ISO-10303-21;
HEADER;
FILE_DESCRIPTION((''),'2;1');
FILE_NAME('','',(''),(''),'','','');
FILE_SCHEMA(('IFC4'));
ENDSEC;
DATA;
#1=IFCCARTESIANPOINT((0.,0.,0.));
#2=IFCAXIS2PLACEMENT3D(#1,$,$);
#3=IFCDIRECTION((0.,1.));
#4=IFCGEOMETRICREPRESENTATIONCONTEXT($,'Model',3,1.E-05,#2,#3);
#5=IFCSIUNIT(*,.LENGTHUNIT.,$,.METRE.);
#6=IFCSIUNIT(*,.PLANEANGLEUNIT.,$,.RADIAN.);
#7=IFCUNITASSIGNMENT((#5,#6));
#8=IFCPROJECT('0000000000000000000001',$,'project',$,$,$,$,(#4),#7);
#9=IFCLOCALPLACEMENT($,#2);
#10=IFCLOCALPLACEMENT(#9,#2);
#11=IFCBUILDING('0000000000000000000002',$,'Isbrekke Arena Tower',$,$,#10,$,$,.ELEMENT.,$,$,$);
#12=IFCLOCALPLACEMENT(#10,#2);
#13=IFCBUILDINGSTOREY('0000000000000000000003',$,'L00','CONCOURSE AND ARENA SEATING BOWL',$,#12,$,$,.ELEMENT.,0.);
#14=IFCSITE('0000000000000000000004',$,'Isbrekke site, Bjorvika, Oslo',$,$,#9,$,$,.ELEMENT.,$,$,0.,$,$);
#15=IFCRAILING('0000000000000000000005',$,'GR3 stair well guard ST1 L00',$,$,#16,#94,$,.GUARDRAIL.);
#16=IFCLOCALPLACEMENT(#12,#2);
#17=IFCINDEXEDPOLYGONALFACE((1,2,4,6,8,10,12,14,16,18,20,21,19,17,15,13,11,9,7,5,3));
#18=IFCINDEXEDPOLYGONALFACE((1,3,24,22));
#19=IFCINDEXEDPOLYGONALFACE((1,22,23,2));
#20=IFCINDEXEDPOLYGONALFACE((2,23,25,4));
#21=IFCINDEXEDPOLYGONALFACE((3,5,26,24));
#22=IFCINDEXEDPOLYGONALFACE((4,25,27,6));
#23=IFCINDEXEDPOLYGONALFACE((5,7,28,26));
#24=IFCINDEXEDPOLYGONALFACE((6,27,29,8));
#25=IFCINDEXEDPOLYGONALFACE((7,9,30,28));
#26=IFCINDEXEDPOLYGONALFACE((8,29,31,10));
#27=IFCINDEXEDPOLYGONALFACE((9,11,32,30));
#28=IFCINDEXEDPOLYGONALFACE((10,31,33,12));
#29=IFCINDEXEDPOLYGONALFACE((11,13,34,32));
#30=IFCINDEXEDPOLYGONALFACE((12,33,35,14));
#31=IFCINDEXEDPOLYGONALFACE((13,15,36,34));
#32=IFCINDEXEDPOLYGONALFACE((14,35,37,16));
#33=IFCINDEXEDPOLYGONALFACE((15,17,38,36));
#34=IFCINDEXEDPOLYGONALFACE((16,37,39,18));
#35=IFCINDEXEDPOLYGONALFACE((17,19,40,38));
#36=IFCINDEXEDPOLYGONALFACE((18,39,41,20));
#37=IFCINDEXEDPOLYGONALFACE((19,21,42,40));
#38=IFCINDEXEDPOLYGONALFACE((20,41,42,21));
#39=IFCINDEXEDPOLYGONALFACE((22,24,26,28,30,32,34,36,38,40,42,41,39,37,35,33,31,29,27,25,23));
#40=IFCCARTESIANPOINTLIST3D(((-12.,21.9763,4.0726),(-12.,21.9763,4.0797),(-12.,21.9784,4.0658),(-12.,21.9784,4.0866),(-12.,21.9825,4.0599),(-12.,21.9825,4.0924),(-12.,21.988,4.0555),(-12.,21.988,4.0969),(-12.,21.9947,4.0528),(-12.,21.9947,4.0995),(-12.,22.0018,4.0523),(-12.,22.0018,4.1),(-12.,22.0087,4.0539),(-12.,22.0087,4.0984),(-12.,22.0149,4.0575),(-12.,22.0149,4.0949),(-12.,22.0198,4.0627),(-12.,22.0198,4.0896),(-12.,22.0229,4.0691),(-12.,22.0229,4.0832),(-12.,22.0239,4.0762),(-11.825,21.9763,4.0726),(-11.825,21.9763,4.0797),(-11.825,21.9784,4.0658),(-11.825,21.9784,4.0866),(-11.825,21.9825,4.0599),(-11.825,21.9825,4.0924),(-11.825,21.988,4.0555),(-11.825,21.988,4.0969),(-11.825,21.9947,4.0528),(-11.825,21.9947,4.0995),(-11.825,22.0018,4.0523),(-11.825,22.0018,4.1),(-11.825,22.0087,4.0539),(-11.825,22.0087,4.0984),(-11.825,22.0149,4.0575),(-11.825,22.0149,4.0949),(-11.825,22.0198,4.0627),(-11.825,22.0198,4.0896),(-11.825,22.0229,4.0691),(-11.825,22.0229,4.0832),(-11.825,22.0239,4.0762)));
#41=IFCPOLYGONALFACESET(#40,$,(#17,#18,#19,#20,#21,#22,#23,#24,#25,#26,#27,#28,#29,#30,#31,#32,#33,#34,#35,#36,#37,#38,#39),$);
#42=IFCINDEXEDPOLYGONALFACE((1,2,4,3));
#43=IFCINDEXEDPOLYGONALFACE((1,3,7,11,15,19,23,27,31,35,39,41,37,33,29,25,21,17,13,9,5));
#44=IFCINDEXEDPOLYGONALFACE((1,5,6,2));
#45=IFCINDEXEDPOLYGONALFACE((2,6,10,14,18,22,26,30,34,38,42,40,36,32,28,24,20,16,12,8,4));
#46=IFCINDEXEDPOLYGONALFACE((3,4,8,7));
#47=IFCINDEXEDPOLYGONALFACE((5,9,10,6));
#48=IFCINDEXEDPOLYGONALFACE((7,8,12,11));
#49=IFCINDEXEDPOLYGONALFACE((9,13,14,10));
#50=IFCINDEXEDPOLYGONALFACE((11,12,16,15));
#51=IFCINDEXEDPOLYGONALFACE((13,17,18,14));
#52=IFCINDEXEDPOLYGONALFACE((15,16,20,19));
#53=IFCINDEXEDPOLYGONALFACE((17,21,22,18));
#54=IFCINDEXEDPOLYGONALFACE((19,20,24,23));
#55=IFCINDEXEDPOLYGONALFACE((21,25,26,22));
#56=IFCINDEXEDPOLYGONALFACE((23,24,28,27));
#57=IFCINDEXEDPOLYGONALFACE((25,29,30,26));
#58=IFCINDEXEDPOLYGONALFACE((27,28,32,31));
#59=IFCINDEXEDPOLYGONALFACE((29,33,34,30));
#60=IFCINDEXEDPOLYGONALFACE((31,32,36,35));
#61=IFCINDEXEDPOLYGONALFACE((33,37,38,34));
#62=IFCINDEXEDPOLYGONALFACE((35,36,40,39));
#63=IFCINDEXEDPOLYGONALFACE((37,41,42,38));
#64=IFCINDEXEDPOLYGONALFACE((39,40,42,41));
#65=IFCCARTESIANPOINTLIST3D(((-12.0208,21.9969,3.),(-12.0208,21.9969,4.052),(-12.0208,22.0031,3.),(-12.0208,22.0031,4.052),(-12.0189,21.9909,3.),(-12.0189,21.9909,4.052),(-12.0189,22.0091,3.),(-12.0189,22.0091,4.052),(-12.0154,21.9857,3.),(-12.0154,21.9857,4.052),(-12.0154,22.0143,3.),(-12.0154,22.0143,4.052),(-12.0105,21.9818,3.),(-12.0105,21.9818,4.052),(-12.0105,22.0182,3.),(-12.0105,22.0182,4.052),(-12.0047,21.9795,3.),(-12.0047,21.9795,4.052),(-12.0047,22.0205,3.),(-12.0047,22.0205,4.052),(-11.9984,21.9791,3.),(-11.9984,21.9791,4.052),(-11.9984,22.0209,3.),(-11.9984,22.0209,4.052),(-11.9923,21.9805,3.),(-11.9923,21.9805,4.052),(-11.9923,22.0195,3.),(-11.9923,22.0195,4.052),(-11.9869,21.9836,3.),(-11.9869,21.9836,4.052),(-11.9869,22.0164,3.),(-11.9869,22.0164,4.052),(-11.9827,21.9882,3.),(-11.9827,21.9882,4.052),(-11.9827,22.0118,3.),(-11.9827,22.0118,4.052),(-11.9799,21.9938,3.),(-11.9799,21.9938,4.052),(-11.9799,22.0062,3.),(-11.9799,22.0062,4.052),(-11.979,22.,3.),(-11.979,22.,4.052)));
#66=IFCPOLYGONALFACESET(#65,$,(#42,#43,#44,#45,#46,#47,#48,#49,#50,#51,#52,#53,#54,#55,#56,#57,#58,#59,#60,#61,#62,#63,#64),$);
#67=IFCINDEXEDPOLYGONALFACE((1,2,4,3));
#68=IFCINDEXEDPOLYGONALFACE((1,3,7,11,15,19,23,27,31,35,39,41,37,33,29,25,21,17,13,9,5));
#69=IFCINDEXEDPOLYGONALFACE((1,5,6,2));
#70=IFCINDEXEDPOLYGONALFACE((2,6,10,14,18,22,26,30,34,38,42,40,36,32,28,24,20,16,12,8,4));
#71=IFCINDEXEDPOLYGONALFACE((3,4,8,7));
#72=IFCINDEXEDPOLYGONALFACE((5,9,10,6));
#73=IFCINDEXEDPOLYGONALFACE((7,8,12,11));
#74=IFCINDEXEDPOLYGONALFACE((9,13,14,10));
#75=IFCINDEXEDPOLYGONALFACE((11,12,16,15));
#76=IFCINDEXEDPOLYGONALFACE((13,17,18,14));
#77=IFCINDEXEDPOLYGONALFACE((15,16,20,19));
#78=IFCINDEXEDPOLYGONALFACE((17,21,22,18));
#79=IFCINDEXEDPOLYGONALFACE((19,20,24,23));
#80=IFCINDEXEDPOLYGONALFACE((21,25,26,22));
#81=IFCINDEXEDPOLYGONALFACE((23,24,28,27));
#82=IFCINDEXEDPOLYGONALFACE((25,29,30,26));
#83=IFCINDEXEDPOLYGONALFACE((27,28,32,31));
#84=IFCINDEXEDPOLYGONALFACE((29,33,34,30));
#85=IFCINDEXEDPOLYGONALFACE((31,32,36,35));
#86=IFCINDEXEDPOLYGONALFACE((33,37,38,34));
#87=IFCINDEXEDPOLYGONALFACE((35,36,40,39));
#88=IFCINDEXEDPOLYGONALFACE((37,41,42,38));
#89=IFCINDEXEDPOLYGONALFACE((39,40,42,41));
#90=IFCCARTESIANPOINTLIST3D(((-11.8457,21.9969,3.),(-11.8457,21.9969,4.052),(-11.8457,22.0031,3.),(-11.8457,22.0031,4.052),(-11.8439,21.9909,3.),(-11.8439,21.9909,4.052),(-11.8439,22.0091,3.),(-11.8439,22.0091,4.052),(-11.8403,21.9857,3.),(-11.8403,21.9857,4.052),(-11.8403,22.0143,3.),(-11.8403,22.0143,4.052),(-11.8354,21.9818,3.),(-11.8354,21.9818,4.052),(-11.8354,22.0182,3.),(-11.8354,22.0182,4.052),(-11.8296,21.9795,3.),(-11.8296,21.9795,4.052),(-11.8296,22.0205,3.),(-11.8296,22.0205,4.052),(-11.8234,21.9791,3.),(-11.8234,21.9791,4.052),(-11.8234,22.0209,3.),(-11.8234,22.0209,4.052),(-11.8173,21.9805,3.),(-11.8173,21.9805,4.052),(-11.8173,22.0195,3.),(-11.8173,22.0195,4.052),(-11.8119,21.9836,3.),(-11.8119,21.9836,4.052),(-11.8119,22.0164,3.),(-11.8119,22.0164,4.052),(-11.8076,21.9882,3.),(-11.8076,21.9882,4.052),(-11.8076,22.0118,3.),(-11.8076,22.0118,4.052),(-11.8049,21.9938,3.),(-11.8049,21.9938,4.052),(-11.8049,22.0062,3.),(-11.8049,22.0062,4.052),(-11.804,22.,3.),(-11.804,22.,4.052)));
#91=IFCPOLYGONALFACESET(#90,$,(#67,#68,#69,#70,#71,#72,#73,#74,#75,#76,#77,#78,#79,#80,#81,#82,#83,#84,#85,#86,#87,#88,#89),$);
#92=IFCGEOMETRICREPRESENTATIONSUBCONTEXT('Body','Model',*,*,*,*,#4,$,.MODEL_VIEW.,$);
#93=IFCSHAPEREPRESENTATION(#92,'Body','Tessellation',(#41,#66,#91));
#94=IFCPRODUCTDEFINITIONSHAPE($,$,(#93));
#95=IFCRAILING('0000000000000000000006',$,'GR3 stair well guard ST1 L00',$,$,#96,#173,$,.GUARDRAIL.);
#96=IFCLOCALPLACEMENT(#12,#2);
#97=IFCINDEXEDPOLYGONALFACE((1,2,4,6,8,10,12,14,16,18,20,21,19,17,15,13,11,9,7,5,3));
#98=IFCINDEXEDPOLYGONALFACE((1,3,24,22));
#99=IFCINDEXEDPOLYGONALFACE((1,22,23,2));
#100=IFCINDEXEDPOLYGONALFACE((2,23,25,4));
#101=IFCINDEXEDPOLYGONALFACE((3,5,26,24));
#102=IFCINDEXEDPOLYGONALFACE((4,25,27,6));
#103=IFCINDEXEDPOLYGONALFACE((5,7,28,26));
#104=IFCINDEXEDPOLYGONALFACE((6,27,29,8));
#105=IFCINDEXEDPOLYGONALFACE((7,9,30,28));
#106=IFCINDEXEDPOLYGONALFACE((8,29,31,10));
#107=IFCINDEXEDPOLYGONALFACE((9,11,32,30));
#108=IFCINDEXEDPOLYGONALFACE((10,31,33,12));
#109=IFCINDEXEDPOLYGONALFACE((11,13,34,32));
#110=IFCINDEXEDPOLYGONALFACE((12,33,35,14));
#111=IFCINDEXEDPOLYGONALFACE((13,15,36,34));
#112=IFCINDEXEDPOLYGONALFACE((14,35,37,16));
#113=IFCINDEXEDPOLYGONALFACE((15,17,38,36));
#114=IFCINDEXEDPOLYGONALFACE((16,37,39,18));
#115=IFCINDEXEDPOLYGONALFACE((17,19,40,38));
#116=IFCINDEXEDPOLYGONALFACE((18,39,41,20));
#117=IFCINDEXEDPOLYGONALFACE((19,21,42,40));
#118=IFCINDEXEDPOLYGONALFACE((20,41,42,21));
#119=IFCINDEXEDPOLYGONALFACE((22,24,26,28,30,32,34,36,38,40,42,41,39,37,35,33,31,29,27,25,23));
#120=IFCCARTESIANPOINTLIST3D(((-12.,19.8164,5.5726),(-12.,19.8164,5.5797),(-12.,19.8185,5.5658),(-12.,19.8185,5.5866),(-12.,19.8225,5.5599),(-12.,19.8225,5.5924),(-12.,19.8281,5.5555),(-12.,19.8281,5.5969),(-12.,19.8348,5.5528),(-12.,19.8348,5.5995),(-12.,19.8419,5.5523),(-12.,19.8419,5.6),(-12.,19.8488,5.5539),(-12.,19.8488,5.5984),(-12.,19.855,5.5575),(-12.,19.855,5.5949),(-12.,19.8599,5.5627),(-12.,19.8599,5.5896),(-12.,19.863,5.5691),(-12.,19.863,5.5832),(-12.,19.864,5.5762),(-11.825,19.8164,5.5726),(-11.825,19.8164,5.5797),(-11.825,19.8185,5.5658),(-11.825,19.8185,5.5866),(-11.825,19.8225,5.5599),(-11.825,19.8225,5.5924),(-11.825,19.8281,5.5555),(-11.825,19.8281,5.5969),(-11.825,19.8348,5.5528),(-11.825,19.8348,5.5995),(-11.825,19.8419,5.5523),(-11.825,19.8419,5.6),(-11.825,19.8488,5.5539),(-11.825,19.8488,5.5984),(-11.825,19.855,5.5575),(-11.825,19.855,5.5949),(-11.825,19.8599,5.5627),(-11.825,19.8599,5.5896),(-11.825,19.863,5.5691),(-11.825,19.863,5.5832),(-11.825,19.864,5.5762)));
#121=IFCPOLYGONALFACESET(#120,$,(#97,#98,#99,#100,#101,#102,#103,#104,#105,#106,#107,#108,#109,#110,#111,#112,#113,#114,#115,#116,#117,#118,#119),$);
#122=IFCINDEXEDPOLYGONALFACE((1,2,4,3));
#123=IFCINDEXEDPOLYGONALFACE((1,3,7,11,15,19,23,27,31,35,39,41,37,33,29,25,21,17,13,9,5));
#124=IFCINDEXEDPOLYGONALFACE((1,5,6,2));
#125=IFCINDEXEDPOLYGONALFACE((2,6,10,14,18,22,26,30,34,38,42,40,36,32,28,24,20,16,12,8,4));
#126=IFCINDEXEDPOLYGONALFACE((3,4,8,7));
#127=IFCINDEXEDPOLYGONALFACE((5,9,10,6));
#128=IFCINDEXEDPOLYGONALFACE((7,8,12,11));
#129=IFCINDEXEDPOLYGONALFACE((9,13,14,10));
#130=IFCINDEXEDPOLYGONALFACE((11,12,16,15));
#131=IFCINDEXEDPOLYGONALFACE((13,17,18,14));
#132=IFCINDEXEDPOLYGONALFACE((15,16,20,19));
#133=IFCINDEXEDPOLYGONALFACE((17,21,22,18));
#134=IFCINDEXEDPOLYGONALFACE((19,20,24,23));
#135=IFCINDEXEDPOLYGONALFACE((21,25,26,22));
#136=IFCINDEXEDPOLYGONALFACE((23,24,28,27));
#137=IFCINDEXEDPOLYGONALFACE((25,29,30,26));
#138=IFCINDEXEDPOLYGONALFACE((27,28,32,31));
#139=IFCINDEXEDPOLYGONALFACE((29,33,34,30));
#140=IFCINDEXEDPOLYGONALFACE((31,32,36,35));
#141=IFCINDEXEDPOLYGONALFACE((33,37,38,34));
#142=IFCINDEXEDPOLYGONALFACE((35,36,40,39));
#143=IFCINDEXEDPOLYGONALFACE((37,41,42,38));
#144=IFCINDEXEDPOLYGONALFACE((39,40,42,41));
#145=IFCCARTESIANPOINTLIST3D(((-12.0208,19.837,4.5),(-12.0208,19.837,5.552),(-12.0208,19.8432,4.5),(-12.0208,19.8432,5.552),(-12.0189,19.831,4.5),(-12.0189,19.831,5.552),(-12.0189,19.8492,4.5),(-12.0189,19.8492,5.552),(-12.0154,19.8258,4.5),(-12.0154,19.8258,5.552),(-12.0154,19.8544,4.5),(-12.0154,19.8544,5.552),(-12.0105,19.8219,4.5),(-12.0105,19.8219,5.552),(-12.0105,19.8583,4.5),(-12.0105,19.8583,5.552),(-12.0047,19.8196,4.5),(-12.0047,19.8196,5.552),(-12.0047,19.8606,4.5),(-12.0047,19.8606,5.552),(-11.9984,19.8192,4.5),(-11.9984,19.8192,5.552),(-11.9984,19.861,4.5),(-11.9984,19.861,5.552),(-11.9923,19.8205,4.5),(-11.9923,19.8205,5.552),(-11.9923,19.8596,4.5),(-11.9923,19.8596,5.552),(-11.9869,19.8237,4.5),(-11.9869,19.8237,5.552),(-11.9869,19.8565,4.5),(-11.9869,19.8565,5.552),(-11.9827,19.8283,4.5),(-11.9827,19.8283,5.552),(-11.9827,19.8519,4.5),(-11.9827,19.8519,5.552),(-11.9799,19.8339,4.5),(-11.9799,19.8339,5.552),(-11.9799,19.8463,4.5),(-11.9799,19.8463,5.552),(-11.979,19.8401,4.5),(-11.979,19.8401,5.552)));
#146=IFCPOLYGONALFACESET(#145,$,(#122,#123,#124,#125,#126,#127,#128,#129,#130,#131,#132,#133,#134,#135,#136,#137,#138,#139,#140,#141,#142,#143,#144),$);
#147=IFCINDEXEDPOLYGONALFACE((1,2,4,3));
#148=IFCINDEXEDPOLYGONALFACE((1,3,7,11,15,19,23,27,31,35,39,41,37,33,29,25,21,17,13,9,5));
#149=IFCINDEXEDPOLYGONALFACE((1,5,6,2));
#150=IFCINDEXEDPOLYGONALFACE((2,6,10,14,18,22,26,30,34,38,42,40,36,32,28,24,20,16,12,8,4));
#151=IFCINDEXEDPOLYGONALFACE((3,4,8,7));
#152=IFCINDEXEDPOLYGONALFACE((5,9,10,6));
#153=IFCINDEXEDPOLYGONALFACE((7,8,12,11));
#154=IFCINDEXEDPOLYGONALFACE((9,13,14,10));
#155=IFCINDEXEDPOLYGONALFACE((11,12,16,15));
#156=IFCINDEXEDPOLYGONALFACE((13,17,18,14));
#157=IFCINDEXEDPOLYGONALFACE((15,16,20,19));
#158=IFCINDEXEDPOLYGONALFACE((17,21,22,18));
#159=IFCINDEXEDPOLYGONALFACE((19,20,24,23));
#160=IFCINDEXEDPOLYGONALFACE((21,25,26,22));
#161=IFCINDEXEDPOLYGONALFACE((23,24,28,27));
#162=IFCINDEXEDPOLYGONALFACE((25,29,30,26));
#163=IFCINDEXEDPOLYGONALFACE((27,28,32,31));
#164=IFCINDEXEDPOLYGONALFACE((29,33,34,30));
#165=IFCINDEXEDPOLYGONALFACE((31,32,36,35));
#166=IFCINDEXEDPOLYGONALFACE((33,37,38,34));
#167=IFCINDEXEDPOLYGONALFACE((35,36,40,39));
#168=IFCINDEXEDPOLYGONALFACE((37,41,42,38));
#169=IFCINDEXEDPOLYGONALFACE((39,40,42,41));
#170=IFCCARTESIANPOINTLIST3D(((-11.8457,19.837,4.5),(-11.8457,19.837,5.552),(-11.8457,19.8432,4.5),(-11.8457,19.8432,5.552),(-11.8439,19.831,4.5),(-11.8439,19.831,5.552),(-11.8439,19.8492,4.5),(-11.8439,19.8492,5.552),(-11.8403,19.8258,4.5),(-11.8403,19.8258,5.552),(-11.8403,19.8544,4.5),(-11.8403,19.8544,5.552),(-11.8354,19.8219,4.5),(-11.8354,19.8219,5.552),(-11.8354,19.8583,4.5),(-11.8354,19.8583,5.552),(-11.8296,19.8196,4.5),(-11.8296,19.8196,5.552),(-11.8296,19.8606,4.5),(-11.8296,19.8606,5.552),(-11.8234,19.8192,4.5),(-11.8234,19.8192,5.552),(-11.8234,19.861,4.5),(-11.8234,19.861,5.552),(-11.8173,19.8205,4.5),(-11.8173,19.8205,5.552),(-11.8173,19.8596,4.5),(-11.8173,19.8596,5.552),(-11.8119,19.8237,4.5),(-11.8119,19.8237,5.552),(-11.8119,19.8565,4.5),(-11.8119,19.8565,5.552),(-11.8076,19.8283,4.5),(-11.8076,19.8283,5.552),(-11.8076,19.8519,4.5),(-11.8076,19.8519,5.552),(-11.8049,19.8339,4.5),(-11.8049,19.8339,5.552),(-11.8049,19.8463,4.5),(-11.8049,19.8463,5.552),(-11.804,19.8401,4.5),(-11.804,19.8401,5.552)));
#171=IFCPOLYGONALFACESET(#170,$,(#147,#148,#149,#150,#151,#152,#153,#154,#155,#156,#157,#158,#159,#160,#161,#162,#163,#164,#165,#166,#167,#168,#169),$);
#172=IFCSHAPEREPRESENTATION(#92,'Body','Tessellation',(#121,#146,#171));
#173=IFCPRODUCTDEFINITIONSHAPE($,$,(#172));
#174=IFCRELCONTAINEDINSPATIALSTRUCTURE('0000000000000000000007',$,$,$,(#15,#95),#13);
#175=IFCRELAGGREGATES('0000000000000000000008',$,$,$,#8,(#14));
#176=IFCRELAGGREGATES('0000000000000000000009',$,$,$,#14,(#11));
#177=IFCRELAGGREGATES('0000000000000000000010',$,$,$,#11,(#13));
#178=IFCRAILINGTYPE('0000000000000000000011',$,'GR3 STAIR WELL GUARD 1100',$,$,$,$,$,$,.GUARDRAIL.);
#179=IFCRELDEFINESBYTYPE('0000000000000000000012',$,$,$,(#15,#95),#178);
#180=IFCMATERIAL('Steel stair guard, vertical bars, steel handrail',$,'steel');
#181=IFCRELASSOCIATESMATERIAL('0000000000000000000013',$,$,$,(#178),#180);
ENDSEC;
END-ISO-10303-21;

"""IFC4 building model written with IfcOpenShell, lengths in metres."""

from ifc_helpers import new_model, si_unit, direction, frame, origin, origin_2d, place, context, subcontext, project, spatial, circle, extrude, material, type_object, element, save


model = new_model("IFC4")

# Units and contexts
model_context = context("Model", 3, precision=1e-05, world=origin(), true_north=direction((0.0, 1.0)))
body_context = subcontext(model_context, "Body", "Model", "MODEL_VIEW")
ifc_project = project(units=[si_unit("LENGTHUNIT", "METRE"), si_unit("PLANEANGLEUNIT", "RADIAN")], contexts=[model_context])

# Site, building, storey
site_placement = place(None, origin())
site = spatial("IfcSite", under=ifc_project, at=site_placement, Name="Isbrekke site, Bjorvika, Oslo", CompositionType="ELEMENT", RefElevation=0.0)
building_placement = place(site_placement, origin())
building = spatial("IfcBuilding", under=site, at=building_placement, Name="Isbrekke Arena Tower", CompositionType="ELEMENT")
storey_placement = place(building_placement, origin())
storey = spatial("IfcBuildingStorey", under=building, at=storey_placement, Name="L00", Description="CONCOURSE AND ARENA SEATING BOWL", CompositionType="ELEMENT", Elevation=0.0)

# Railings
ifc_material_1 = material(Name="Steel stair guard, vertical bars, steel handrail", Category="steel")
railing_type = type_object("IfcRailingType", Name="GR3 STAIR WELL GUARD 1100", PredefinedType="GUARDRAIL", material=ifc_material_1)
for number, where, name in (
    (1, (-12.0, 22.0, 3.0), "GR3 stair well guard ST1 L00"),
    (2, (-12.0, 19.8401, 4.5), "GR3 stair well guard ST1 L00"),
):
    element("IfcRailing", number, at=place(storey_placement, frame(where)), inside=storey, type_object=railing_type, Name=name, PredefinedType="GUARDRAIL", context=body_context, shape_type="SweptSolid", body=[
        extrude(circle(Radius=0.0239, at=origin_2d()), frame((0.0, 0.0, 1.0762), z_axis=(1.0, 0.0, 0.0), x_axis=(0.0, 1.0, 0.0)), (0.0, 0.0, 1.0), 0.175),
        extrude(circle(Radius=0.021, at=origin_2d()), origin(), (0.0, 0.0, 1.0), 1.052),
        extrude(circle(Radius=0.021, at=origin_2d()), frame((0.175, 0.0, 0.0)), (0.0, 0.0, 1.0), 1.052),
    ])

save(model, "model.ifc")
